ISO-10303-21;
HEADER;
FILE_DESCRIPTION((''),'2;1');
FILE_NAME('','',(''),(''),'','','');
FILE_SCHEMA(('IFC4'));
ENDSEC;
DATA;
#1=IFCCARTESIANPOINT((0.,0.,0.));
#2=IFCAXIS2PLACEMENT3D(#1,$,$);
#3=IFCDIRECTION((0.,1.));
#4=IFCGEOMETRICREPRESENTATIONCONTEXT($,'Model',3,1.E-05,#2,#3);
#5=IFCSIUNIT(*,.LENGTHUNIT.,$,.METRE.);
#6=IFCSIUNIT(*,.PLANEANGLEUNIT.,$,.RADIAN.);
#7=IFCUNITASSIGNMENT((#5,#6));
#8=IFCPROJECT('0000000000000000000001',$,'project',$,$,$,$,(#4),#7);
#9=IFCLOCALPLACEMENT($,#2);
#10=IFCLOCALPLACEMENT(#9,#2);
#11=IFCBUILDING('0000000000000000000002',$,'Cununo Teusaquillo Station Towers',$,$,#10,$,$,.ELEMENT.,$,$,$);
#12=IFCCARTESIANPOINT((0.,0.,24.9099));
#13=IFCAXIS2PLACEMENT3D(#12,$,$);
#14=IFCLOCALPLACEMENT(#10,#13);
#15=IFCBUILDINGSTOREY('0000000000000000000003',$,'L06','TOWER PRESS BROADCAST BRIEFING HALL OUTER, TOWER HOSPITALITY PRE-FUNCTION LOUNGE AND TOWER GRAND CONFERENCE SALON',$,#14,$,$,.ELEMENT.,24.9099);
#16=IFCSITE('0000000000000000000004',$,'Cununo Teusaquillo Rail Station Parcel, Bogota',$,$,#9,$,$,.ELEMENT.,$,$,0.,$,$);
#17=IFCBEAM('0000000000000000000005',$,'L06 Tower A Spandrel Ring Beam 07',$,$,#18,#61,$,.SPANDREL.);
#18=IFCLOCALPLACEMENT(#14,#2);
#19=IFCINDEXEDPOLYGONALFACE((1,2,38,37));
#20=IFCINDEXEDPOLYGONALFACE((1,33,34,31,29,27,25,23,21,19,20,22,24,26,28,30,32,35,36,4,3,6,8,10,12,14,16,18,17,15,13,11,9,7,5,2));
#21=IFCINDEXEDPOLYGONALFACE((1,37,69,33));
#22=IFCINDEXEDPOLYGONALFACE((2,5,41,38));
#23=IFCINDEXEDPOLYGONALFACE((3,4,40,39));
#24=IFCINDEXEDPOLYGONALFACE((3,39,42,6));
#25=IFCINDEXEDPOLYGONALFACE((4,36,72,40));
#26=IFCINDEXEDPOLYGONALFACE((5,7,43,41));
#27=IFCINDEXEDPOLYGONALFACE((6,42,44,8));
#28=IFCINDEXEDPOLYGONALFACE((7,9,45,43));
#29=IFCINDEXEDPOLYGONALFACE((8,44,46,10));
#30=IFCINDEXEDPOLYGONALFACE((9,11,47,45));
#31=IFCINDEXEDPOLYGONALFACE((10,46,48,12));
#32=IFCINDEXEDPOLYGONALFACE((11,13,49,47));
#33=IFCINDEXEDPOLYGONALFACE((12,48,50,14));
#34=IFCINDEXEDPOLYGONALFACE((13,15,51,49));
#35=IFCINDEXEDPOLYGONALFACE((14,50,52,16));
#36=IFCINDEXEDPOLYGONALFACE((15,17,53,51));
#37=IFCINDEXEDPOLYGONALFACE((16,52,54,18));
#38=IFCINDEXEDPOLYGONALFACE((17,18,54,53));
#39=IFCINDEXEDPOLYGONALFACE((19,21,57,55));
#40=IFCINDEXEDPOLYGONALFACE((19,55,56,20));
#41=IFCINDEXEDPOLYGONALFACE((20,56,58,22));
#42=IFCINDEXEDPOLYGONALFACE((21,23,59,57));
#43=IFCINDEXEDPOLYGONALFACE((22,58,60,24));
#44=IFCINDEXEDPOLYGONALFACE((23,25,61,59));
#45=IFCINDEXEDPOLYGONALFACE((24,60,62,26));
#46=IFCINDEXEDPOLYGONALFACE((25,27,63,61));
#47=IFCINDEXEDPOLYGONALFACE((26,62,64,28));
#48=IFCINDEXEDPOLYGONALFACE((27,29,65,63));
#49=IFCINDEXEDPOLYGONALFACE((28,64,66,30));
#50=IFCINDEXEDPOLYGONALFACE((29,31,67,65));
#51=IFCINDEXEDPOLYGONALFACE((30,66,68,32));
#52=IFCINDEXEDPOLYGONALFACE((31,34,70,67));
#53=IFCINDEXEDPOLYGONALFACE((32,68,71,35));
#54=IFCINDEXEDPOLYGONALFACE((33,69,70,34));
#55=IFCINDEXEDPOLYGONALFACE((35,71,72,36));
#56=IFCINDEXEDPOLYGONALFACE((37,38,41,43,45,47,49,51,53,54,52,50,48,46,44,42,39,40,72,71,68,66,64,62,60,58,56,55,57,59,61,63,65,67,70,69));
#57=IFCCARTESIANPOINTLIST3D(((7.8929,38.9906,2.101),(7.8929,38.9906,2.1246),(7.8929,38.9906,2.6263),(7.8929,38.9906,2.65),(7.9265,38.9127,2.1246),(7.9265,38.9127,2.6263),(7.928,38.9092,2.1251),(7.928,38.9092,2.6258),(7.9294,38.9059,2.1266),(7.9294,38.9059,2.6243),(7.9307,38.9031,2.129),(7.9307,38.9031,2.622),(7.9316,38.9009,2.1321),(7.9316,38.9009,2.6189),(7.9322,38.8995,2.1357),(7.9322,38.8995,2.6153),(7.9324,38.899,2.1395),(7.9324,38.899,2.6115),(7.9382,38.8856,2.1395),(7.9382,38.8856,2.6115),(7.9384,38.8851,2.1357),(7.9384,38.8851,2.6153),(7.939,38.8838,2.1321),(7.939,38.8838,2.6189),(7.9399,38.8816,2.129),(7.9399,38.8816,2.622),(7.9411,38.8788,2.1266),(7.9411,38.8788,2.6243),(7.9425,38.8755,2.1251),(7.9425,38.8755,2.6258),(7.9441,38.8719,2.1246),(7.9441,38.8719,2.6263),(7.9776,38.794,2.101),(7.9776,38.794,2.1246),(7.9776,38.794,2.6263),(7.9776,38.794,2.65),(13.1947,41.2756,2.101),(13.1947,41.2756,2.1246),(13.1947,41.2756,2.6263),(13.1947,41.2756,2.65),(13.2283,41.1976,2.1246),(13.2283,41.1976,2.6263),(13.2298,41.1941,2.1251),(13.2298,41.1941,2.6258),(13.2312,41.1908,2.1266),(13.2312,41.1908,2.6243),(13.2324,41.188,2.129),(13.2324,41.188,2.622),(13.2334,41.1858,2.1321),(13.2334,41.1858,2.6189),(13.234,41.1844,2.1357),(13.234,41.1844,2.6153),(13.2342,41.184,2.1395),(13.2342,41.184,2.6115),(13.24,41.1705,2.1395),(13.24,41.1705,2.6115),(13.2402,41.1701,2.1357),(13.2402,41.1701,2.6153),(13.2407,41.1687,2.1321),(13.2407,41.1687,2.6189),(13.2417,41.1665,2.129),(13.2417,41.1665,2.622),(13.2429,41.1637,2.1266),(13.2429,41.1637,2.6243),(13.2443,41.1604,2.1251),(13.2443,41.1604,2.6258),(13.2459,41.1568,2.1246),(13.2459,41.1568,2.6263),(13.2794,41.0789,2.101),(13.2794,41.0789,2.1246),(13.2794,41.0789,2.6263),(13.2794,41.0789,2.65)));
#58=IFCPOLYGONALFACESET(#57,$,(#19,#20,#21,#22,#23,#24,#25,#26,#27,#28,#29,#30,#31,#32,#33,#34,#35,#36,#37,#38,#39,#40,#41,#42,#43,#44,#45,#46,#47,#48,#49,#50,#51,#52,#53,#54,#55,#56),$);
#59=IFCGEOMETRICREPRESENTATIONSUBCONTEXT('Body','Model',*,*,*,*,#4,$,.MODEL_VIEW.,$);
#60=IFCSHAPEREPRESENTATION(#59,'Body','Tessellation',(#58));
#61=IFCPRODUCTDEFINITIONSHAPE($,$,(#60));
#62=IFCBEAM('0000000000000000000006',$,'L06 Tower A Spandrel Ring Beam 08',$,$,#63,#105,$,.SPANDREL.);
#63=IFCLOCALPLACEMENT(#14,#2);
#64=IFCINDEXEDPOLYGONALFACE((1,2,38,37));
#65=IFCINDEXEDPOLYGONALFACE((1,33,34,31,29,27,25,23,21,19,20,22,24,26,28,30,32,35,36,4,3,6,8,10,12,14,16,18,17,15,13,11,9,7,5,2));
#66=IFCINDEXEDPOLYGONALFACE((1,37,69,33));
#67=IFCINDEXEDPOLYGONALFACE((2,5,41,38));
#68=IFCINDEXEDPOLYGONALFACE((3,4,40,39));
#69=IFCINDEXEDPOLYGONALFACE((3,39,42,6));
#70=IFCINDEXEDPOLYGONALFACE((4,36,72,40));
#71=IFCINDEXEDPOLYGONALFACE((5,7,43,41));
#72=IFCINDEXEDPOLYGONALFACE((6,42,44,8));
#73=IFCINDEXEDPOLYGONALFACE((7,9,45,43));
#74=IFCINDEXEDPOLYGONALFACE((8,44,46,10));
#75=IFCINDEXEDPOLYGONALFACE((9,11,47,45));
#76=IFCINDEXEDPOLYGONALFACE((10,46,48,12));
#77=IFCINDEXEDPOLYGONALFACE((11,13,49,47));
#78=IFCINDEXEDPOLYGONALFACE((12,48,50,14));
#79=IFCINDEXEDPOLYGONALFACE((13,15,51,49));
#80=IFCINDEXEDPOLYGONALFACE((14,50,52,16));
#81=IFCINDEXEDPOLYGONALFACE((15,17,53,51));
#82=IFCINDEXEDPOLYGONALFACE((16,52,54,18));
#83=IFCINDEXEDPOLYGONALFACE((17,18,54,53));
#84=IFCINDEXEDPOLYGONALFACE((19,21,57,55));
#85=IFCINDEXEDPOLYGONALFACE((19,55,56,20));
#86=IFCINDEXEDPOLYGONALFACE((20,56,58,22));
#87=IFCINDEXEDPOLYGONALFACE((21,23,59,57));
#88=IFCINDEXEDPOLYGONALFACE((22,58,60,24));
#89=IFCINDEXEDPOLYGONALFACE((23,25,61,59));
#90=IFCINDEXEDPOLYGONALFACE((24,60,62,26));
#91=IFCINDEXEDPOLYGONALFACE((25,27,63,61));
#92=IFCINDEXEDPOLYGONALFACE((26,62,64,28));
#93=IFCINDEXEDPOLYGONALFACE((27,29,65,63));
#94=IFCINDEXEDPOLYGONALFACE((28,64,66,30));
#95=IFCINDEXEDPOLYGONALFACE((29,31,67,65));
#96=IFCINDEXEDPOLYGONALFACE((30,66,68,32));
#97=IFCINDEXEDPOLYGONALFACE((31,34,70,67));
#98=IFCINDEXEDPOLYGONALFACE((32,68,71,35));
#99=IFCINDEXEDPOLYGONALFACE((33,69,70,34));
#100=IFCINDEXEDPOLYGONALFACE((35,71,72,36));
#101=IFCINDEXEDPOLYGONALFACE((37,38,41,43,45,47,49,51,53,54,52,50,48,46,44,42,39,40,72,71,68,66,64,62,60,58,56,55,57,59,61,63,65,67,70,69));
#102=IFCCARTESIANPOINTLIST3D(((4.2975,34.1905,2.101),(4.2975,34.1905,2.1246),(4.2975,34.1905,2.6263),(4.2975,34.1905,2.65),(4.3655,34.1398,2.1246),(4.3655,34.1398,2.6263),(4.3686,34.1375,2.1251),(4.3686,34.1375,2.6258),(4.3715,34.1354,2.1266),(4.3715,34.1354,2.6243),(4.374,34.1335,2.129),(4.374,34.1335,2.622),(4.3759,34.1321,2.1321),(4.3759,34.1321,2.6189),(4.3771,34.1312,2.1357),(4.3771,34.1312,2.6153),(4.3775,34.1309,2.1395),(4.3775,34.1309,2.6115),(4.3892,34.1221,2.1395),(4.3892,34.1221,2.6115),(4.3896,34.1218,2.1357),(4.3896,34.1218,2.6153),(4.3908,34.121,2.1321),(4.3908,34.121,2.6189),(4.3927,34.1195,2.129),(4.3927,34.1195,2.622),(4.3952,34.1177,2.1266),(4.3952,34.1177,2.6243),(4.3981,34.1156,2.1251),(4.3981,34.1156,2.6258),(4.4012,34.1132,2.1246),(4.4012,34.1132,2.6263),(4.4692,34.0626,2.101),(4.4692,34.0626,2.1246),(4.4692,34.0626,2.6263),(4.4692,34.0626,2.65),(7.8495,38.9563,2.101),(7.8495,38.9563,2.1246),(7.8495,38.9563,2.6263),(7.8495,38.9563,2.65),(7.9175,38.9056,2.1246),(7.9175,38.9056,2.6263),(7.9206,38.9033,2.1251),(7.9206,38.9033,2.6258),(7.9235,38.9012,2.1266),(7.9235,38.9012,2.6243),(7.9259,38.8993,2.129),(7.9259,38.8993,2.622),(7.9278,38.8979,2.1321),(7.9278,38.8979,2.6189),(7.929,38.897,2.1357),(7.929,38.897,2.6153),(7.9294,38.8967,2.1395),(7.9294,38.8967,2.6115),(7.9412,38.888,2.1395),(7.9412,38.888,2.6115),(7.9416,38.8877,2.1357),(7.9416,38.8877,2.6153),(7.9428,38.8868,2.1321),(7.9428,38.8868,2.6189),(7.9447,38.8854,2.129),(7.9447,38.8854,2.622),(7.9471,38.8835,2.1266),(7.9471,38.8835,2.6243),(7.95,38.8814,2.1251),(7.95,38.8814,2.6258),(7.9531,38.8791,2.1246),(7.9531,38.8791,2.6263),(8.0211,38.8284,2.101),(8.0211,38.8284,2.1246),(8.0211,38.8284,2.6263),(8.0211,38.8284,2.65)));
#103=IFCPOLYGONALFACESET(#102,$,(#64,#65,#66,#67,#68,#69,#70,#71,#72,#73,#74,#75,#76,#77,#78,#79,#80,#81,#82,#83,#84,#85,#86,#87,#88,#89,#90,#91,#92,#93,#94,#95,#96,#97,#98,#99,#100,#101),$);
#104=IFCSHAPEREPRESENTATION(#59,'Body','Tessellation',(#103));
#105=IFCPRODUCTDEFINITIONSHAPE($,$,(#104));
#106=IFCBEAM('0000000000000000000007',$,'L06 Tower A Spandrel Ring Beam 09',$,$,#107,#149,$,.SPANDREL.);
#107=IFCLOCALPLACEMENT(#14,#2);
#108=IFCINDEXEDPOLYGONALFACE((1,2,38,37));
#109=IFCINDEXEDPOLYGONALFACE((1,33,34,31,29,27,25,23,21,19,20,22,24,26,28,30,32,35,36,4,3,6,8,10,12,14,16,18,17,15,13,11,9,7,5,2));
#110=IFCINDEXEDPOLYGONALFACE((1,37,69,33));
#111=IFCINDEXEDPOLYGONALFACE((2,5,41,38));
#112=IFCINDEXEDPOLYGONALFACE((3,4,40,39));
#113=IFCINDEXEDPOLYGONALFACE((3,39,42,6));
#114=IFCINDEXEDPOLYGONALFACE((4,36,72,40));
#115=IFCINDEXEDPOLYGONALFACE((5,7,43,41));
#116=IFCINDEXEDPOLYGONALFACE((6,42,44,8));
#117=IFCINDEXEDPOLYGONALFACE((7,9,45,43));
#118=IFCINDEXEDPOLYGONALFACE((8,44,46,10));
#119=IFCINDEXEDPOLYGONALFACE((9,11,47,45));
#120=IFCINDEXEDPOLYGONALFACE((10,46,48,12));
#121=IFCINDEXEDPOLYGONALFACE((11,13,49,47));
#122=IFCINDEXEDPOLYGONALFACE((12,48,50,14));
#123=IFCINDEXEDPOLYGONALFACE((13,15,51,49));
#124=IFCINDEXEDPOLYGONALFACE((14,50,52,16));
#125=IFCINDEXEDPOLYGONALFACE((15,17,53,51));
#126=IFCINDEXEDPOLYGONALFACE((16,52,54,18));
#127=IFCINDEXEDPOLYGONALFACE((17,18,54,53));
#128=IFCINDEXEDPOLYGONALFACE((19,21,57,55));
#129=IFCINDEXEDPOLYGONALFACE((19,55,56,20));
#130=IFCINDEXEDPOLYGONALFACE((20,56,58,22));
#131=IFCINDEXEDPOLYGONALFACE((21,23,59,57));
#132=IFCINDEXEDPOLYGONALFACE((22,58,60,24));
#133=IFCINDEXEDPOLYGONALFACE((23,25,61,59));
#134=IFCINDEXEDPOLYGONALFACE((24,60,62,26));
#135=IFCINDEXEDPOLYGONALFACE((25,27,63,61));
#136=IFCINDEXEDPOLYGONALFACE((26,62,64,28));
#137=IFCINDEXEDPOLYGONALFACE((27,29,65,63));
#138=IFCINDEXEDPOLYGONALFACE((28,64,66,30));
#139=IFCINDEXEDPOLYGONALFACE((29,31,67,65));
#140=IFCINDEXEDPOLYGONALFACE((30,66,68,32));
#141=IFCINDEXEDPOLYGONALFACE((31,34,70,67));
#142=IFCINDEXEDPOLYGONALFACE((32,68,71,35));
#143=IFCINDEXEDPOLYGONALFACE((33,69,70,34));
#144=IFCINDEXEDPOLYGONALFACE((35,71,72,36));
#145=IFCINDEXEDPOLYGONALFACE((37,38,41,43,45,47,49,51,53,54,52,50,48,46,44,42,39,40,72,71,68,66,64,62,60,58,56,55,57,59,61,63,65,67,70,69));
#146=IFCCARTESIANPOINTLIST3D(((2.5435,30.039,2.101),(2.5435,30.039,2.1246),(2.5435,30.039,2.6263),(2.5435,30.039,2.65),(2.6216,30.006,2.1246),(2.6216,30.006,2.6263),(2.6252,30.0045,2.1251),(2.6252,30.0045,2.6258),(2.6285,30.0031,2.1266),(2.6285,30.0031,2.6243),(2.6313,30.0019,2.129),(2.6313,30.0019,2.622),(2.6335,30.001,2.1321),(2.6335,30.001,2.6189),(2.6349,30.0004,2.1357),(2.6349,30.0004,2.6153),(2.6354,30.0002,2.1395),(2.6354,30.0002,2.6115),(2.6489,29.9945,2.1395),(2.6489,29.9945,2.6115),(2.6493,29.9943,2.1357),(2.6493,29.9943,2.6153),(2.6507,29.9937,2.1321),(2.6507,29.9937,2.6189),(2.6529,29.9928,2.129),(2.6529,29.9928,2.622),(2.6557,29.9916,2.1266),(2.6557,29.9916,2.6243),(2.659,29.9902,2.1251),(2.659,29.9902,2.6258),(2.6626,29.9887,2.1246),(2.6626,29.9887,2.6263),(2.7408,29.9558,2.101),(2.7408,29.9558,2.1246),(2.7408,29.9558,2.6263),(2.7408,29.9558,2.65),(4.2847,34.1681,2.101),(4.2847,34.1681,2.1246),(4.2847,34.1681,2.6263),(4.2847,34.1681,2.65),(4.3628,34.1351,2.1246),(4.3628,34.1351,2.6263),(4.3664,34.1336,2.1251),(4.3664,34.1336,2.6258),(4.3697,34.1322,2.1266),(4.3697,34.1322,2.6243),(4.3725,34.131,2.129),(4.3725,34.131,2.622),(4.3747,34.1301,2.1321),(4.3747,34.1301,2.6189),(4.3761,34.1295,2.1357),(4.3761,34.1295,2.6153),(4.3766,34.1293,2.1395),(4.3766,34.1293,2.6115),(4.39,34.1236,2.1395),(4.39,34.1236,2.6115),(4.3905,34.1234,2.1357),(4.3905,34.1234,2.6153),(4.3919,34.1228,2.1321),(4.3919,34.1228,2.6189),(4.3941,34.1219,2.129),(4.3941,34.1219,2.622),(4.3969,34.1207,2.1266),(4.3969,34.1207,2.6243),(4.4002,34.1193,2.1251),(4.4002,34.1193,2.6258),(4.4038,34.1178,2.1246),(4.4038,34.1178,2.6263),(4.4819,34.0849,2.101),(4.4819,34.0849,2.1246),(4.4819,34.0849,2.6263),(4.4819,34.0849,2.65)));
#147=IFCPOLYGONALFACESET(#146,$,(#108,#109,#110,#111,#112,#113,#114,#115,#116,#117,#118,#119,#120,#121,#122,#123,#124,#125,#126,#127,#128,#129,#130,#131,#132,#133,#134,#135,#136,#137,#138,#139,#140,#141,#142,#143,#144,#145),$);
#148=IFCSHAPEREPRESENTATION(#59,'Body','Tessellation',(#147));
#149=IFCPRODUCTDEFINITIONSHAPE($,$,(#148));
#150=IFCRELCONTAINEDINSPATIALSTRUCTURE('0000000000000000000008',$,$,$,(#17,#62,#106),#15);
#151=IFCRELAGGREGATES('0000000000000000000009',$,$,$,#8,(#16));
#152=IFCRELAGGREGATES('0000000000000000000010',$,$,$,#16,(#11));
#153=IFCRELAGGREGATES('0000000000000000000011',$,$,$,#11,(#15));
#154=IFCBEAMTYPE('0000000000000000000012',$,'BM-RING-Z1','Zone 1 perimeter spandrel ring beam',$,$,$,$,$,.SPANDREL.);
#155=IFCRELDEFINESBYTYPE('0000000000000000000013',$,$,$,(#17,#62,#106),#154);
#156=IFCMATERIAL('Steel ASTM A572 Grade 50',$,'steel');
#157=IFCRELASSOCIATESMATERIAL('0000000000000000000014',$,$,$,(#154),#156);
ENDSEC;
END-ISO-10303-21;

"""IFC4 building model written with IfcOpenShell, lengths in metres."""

from ifc_helpers import new_model, si_unit, direction, frame, origin, origin_2d, place, context, subcontext, project, spatial, i_section, extrude, material, material_profile, profile_set, type_object, element, save


model = new_model("IFC4")

# Units and contexts
model_context = context("Model", 3, precision=1e-05, world=origin(), true_north=direction((0.0, 1.0)))
body_context = subcontext(model_context, "Body", "Model", "MODEL_VIEW")
ifc_project = project(units=[si_unit("LENGTHUNIT", "METRE"), si_unit("PLANEANGLEUNIT", "RADIAN")], contexts=[model_context])

# Site, building, storey
site_placement = place(None, origin())
site = spatial("IfcSite", under=ifc_project, at=site_placement, Name="Cununo Teusaquillo Rail Station Parcel, Bogota", CompositionType="ELEMENT", RefElevation=0.0)
building_placement = place(site_placement, origin())
building = spatial("IfcBuilding", under=site, at=building_placement, Name="Cununo Teusaquillo Station Towers", CompositionType="ELEMENT")
storey_placement = place(building_placement, frame((0.0, 0.0, 24.9099)))
storey = spatial("IfcBuildingStorey", under=building, at=storey_placement, Name="L06", Description="TOWER PRESS BROADCAST BRIEFING HALL OUTER, TOWER HOSPITALITY PRE-FUNCTION LOUNGE AND TOWER GRAND CONFERENCE SALON", CompositionType="ELEMENT", Elevation=24.9099)

# Beams
ifc_material_1 = material(Name="Steel ASTM A572 Grade 50", Category="steel")
ifc_material_profile_1 = material_profile(ifc_material_1, i_section(OverallWidth=0.2141, OverallDepth=0.5491, WebThickness=0.0146, FlangeThickness=0.0237, FilletRadius=0.0149, at=origin_2d()), Name="W21X93")
ifc_profile_set_1 = profile_set([ifc_material_profile_1], Name="Steel ASTM A572 Grade 50")
beam_type_1 = type_object("IfcBeamType", Name="BM-RING-Z1", Description="Zone 1 perimeter spandrel ring beam", PredefinedType="SPANDREL", material=ifc_profile_set_1)
beam_1_placement = place(storey_placement, frame((13.2371, 41.1772, 2.3755), z_axis=(-0.918345, -0.395781, 0.0), x_axis=(0.395781, -0.918345, 0.0)))
element("IfcBeam", 1, at=beam_1_placement, inside=storey, type_object=beam_type_1, Name="L06 Tower A Spandrel Ring Beam 07", PredefinedType="SPANDREL", context=body_context, shape_type="SweptSolid", body=[
    extrude(i_section(OverallWidth=0.2141, OverallDepth=0.5491, WebThickness=0.0146, FlangeThickness=0.0237, FilletRadius=0.0149, at=origin_2d()), origin(), (0.0, 0.0, 1.0), 5.7732),
])
beam_2_placement = place(storey_placement, frame((7.9353, 38.8923, 2.3755), z_axis=(-0.597585, -0.801805, 0.0), x_axis=(0.801805, -0.597585, 0.0)))
element("IfcBeam", 2, at=beam_2_placement, inside=storey, type_object=beam_type_1, Name="L06 Tower A Spandrel Ring Beam 08", PredefinedType="SPANDREL", context=body_context, shape_type="SweptSolid", body=[
    extrude(i_section(OverallWidth=0.2141, OverallDepth=0.5491, WebThickness=0.0146, FlangeThickness=0.0237, FilletRadius=0.0149, at=origin_2d()), origin(), (0.0, 0.0, 1.0), 5.9438),
])
beam_3_placement = place(storey_placement, frame((4.3833, 34.1265, 2.3755), z_axis=(-0.388554, -0.921426, 0.0), x_axis=(0.921426, -0.388554, 0.0)))
element("IfcBeam", 3, at=beam_3_placement, inside=storey, type_object=beam_type_1, Name="L06 Tower A Spandrel Ring Beam 09", PredefinedType="SPANDREL", context=body_context, shape_type="SweptSolid", body=[
    extrude(i_section(OverallWidth=0.2141, OverallDepth=0.5491, WebThickness=0.0146, FlangeThickness=0.0237, FilletRadius=0.0149, at=origin_2d()), origin(), (0.0, 0.0, 1.0), 4.4812),
])

save(model, "model.ifc")
